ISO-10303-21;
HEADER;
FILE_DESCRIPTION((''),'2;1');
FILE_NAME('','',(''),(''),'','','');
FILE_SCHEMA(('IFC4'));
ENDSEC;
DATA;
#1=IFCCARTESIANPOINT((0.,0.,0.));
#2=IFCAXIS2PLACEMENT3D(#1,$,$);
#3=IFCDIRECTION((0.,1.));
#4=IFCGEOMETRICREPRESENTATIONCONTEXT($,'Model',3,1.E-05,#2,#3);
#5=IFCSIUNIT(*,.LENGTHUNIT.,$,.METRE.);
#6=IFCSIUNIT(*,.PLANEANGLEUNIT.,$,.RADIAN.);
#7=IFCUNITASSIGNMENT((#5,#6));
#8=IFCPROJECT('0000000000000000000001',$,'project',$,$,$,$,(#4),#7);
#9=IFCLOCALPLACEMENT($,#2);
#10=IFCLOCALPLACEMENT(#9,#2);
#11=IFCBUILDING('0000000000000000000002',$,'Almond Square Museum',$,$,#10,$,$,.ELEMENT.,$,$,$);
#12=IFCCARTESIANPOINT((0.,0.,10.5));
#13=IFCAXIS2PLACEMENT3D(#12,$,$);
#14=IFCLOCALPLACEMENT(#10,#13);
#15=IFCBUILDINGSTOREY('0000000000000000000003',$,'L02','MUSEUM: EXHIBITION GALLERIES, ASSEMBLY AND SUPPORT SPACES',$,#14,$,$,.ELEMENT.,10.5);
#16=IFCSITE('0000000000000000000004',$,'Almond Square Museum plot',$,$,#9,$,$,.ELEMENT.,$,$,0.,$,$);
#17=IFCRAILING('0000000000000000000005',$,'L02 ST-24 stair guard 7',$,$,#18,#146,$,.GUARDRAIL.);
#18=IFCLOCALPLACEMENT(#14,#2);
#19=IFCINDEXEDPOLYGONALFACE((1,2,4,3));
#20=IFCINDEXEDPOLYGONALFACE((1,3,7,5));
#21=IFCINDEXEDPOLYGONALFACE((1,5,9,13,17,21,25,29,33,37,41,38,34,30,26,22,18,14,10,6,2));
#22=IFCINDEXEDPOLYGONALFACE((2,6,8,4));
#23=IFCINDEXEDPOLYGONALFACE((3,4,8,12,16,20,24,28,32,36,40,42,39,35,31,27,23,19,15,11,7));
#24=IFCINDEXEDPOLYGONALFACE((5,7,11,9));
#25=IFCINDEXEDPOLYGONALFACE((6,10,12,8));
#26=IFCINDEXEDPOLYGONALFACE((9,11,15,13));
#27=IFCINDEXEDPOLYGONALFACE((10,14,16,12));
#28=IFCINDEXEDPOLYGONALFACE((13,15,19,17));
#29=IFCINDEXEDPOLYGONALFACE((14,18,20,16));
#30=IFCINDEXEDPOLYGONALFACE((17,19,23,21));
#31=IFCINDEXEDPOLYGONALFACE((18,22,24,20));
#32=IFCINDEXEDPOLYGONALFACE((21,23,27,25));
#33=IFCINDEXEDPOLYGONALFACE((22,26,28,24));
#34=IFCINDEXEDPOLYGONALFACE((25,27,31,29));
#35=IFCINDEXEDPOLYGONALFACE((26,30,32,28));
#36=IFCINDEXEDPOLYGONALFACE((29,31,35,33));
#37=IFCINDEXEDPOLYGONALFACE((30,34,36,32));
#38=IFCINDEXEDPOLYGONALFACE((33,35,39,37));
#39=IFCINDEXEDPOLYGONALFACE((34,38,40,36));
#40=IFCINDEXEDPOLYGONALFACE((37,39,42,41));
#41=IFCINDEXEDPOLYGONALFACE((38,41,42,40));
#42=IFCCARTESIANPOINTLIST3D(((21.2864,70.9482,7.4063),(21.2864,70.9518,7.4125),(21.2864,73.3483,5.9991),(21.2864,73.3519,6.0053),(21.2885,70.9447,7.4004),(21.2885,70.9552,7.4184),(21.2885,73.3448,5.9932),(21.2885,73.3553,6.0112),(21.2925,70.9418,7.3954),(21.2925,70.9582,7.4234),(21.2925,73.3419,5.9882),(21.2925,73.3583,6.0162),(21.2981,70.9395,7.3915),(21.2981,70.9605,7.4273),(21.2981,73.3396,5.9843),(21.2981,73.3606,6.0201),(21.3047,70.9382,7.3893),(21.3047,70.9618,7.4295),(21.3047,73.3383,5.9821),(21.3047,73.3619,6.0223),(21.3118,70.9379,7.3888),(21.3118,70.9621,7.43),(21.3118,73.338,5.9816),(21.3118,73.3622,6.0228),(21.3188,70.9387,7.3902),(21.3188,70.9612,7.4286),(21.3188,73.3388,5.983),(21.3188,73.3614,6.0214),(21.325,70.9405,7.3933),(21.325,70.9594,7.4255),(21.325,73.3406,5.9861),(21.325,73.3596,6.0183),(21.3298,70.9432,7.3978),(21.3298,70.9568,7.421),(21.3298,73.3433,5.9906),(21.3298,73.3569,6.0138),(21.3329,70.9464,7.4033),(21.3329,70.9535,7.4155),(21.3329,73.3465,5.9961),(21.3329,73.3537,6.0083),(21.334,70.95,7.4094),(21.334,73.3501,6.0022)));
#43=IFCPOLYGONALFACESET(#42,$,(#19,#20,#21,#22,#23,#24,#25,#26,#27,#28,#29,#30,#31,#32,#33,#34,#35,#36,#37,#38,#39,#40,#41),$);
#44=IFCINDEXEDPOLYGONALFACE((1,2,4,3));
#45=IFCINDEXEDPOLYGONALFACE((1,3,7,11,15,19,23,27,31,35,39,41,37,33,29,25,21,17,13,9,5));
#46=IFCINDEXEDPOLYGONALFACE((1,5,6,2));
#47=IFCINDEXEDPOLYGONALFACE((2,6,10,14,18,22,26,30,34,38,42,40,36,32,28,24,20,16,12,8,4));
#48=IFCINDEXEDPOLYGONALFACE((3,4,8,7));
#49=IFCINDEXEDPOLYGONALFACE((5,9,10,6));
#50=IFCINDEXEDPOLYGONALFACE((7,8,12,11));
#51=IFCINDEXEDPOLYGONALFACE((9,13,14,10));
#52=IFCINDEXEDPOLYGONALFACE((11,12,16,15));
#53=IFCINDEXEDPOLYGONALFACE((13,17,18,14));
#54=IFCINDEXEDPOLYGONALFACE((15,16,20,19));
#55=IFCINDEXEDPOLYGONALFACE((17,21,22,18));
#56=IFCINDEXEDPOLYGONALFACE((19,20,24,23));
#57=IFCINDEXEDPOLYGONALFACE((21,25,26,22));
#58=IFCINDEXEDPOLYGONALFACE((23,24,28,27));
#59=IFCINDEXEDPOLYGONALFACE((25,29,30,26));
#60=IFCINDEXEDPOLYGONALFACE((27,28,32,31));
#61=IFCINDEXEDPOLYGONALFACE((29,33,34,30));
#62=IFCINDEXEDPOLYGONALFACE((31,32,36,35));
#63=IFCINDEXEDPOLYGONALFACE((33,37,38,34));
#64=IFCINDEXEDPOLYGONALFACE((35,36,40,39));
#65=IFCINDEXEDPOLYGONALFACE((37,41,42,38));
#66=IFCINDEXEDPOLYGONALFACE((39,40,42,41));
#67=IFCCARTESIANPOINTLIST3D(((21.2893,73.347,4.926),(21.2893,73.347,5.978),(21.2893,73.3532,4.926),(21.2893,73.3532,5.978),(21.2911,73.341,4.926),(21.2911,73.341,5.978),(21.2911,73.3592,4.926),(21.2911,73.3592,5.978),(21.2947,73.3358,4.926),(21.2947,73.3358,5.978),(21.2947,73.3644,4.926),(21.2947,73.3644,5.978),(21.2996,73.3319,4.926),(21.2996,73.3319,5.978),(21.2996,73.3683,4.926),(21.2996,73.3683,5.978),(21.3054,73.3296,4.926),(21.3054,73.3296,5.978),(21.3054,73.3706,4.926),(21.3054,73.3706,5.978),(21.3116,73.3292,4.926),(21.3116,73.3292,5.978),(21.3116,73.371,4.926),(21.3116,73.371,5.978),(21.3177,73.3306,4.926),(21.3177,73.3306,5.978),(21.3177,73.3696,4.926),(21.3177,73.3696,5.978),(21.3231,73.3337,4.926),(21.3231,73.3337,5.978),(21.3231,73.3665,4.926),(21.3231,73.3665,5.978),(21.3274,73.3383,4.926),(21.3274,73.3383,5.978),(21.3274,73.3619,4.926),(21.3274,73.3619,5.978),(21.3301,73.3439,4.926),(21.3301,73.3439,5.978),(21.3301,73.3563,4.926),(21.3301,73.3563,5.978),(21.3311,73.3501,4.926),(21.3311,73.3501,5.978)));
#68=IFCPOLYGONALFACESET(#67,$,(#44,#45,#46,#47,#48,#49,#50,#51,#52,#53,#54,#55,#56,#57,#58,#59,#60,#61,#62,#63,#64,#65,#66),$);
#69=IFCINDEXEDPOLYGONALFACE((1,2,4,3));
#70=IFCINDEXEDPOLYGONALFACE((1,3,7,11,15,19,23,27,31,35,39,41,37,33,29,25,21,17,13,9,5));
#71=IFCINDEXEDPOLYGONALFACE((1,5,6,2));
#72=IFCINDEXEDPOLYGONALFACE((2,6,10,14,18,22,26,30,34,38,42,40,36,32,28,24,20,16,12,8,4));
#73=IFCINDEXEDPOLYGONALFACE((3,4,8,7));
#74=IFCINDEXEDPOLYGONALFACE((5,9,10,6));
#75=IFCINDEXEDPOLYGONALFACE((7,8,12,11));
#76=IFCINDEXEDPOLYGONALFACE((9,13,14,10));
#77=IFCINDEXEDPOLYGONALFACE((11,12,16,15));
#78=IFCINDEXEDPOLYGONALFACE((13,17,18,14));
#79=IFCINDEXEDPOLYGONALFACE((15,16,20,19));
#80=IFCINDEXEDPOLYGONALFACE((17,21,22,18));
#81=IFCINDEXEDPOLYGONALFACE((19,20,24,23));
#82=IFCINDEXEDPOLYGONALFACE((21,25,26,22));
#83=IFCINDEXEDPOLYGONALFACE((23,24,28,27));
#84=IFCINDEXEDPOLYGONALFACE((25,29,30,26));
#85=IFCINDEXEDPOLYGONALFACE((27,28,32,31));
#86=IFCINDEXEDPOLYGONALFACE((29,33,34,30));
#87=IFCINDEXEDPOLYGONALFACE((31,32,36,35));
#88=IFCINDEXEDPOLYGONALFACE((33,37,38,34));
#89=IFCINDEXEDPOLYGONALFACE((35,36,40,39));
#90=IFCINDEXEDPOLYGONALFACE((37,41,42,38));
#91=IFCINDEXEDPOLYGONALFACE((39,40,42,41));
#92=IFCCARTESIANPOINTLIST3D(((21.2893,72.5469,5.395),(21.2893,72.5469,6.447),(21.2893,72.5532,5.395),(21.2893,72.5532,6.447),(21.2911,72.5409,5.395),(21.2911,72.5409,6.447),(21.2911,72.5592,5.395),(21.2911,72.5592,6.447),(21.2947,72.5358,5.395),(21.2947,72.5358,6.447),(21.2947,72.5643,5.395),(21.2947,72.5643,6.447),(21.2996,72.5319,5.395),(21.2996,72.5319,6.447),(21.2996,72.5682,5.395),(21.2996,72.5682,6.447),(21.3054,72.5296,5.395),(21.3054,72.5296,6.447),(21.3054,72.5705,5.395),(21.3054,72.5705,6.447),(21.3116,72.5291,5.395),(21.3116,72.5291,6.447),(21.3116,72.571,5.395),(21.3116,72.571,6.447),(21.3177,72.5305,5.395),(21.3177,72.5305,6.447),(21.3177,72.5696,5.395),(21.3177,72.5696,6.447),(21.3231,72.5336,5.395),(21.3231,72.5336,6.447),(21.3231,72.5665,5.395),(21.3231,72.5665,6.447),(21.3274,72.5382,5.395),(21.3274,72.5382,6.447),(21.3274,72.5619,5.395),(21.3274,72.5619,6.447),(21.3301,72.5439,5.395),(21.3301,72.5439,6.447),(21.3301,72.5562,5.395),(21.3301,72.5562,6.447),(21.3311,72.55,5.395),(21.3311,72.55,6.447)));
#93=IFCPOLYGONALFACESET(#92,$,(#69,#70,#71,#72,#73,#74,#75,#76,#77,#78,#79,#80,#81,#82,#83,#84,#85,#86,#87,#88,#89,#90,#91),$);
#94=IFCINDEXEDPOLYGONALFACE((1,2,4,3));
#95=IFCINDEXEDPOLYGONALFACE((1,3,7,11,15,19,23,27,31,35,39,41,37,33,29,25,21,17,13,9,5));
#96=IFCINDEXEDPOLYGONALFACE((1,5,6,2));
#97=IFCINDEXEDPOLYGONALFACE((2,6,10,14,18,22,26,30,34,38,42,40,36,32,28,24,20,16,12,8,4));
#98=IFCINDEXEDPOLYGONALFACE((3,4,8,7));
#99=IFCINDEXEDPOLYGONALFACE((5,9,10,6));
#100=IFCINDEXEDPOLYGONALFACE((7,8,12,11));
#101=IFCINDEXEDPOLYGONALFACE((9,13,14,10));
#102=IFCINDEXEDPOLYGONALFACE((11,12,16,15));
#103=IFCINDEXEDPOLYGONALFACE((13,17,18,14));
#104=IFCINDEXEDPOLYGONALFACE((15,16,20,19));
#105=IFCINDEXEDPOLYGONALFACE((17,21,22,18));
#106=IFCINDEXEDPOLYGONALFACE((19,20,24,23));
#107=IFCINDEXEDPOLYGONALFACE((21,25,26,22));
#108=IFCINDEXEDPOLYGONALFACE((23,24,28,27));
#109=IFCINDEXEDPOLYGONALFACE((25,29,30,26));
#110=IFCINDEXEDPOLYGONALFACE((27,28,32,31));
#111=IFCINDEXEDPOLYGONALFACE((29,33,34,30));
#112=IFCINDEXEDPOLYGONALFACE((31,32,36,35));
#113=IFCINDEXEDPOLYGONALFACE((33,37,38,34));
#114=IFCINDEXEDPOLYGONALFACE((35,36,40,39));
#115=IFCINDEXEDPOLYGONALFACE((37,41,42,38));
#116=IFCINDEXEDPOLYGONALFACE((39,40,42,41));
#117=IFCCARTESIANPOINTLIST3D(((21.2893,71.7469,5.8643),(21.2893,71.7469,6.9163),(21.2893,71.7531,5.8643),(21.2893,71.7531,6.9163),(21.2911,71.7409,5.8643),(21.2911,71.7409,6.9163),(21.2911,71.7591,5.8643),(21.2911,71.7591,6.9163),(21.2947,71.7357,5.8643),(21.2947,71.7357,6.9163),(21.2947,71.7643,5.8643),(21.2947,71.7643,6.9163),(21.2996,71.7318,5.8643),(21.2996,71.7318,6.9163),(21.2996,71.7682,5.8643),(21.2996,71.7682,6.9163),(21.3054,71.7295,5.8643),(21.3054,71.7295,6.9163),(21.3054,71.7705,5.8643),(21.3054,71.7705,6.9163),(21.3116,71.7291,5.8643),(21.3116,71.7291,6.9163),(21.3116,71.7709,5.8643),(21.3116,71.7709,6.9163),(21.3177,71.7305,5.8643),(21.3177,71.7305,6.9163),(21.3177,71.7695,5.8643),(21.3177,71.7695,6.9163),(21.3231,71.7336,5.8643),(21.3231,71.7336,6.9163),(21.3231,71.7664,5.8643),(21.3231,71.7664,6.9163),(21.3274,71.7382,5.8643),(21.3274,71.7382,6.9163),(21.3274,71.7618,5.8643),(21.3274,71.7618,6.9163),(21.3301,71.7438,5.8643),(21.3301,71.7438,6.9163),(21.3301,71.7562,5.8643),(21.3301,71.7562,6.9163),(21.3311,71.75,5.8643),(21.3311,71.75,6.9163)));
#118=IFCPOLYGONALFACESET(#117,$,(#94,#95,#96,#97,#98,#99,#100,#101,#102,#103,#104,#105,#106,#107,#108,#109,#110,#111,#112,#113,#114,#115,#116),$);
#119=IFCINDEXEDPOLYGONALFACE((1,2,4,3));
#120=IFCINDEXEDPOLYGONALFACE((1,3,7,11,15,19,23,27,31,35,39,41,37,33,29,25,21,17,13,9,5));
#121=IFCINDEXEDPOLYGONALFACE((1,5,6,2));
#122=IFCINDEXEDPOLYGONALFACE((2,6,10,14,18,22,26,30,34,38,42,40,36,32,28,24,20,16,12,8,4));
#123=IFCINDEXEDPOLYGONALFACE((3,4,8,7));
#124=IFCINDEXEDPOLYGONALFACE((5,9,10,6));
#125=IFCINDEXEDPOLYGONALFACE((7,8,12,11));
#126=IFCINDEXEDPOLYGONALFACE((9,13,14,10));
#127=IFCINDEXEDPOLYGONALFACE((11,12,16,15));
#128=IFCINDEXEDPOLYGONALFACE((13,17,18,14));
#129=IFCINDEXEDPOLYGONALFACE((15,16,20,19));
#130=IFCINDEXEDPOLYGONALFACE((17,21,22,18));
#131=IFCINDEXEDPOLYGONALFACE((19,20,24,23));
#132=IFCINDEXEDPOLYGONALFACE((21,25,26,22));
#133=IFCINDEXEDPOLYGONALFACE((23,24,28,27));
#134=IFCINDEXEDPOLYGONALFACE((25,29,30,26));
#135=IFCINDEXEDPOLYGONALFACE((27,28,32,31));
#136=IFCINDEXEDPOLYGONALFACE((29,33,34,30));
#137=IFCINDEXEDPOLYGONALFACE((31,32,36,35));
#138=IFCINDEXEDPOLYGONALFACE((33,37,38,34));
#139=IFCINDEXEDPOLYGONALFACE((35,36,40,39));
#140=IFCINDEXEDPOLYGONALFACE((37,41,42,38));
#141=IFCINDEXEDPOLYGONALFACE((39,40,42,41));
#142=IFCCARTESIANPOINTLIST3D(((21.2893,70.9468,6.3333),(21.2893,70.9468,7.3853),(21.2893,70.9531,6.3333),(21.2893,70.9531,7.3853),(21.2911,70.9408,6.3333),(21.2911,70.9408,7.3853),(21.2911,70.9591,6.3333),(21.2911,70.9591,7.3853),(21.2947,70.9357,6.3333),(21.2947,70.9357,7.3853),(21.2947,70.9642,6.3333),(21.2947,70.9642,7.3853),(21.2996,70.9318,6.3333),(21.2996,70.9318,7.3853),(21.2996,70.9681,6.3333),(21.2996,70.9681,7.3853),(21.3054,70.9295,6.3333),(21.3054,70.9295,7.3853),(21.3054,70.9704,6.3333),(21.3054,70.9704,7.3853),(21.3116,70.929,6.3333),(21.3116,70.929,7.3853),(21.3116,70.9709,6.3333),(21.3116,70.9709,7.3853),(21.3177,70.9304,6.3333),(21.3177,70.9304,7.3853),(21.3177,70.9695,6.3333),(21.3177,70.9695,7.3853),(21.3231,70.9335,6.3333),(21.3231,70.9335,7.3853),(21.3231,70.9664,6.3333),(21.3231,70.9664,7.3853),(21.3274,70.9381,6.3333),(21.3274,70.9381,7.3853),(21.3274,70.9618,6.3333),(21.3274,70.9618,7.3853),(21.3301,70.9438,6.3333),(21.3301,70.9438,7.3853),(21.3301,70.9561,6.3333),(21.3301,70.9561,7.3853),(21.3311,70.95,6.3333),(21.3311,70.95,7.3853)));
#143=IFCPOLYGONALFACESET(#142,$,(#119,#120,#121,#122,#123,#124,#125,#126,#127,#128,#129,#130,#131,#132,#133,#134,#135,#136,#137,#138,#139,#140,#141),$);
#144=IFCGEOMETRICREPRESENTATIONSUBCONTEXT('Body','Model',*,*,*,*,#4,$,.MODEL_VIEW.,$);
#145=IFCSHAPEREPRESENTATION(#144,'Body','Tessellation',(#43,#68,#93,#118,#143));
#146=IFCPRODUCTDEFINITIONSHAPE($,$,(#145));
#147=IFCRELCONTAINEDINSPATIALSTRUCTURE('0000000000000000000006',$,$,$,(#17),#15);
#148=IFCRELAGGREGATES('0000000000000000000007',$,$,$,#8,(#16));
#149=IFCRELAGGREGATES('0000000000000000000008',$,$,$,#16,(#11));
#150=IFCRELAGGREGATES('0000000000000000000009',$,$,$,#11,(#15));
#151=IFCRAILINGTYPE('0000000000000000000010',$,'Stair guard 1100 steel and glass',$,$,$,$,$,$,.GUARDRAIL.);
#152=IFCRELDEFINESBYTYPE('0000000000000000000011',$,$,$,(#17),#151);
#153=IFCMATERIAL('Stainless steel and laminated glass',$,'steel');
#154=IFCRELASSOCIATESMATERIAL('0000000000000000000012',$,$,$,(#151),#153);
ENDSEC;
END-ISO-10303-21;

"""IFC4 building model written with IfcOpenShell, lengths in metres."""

from ifc_helpers import new_model, si_unit, direction, frame, origin, origin_2d, place, context, subcontext, project, spatial, circle, extrude, material, type_object, element, save


model = new_model("IFC4")

# Units and contexts
model_context = context("Model", 3, precision=1e-05, world=origin(), true_north=direction((0.0, 1.0)))
body_context = subcontext(model_context, "Body", "Model", "MODEL_VIEW")
ifc_project = project(units=[si_unit("LENGTHUNIT", "METRE"), si_unit("PLANEANGLEUNIT", "RADIAN")], contexts=[model_context])

# Site, building, storey
site_placement = place(None, origin())
site = spatial("IfcSite", under=ifc_project, at=site_placement, Name="Almond Square Museum plot", CompositionType="ELEMENT", RefElevation=0.0)
building_placement = place(site_placement, origin())
building = spatial("IfcBuilding", under=site, at=building_placement, Name="Almond Square Museum", CompositionType="ELEMENT")
storey_placement = place(building_placement, frame((0.0, 0.0, 10.5)))
storey = spatial("IfcBuildingStorey", under=building, at=storey_placement, Name="L02", Description="MUSEUM: EXHIBITION GALLERIES, ASSEMBLY AND SUPPORT SPACES", CompositionType="ELEMENT", Elevation=10.5)

# Railing
ifc_material_1 = material(Name="Stainless steel and laminated glass", Category="steel")
railing_type_1 = type_object("IfcRailingType", Name="Stair guard 1100 steel and glass", PredefinedType="GUARDRAIL", material=ifc_material_1)
railing_1_placement = place(storey_placement, frame((21.3101, 73.3501, 4.926)))
element("IfcRailing", 1, at=railing_1_placement, inside=storey, type_object=railing_type_1, Name="L02 ST-24 stair guard 7", PredefinedType="GUARDRAIL", context=body_context, shape_type="SweptSolid", body=[
    extrude(circle(Radius=0.0239, at=origin_2d()), frame((0.0, 0.0, 1.0762), z_axis=(0.0, -0.86266, 0.505785), x_axis=(1.0, 0.0, 0.0)), (0.0, 0.0, 1.0), 2.7822),
    extrude(circle(Radius=0.021, at=origin_2d()), origin(), (0.0, 0.0, 1.0), 1.052),
    extrude(circle(Radius=0.021, at=origin_2d()), frame((0.0, -0.8, 0.469)), (0.0, 0.0, 1.0), 1.052),
    extrude(circle(Radius=0.021, at=origin_2d()), frame((0.0, -1.6001, 0.9382)), (0.0, 0.0, 1.0), 1.052),
    extrude(circle(Radius=0.021, at=origin_2d()), frame((0.0, -2.4001, 1.4072)), (0.0, 0.0, 1.0), 1.052),
])

save(model, "model.ifc")
